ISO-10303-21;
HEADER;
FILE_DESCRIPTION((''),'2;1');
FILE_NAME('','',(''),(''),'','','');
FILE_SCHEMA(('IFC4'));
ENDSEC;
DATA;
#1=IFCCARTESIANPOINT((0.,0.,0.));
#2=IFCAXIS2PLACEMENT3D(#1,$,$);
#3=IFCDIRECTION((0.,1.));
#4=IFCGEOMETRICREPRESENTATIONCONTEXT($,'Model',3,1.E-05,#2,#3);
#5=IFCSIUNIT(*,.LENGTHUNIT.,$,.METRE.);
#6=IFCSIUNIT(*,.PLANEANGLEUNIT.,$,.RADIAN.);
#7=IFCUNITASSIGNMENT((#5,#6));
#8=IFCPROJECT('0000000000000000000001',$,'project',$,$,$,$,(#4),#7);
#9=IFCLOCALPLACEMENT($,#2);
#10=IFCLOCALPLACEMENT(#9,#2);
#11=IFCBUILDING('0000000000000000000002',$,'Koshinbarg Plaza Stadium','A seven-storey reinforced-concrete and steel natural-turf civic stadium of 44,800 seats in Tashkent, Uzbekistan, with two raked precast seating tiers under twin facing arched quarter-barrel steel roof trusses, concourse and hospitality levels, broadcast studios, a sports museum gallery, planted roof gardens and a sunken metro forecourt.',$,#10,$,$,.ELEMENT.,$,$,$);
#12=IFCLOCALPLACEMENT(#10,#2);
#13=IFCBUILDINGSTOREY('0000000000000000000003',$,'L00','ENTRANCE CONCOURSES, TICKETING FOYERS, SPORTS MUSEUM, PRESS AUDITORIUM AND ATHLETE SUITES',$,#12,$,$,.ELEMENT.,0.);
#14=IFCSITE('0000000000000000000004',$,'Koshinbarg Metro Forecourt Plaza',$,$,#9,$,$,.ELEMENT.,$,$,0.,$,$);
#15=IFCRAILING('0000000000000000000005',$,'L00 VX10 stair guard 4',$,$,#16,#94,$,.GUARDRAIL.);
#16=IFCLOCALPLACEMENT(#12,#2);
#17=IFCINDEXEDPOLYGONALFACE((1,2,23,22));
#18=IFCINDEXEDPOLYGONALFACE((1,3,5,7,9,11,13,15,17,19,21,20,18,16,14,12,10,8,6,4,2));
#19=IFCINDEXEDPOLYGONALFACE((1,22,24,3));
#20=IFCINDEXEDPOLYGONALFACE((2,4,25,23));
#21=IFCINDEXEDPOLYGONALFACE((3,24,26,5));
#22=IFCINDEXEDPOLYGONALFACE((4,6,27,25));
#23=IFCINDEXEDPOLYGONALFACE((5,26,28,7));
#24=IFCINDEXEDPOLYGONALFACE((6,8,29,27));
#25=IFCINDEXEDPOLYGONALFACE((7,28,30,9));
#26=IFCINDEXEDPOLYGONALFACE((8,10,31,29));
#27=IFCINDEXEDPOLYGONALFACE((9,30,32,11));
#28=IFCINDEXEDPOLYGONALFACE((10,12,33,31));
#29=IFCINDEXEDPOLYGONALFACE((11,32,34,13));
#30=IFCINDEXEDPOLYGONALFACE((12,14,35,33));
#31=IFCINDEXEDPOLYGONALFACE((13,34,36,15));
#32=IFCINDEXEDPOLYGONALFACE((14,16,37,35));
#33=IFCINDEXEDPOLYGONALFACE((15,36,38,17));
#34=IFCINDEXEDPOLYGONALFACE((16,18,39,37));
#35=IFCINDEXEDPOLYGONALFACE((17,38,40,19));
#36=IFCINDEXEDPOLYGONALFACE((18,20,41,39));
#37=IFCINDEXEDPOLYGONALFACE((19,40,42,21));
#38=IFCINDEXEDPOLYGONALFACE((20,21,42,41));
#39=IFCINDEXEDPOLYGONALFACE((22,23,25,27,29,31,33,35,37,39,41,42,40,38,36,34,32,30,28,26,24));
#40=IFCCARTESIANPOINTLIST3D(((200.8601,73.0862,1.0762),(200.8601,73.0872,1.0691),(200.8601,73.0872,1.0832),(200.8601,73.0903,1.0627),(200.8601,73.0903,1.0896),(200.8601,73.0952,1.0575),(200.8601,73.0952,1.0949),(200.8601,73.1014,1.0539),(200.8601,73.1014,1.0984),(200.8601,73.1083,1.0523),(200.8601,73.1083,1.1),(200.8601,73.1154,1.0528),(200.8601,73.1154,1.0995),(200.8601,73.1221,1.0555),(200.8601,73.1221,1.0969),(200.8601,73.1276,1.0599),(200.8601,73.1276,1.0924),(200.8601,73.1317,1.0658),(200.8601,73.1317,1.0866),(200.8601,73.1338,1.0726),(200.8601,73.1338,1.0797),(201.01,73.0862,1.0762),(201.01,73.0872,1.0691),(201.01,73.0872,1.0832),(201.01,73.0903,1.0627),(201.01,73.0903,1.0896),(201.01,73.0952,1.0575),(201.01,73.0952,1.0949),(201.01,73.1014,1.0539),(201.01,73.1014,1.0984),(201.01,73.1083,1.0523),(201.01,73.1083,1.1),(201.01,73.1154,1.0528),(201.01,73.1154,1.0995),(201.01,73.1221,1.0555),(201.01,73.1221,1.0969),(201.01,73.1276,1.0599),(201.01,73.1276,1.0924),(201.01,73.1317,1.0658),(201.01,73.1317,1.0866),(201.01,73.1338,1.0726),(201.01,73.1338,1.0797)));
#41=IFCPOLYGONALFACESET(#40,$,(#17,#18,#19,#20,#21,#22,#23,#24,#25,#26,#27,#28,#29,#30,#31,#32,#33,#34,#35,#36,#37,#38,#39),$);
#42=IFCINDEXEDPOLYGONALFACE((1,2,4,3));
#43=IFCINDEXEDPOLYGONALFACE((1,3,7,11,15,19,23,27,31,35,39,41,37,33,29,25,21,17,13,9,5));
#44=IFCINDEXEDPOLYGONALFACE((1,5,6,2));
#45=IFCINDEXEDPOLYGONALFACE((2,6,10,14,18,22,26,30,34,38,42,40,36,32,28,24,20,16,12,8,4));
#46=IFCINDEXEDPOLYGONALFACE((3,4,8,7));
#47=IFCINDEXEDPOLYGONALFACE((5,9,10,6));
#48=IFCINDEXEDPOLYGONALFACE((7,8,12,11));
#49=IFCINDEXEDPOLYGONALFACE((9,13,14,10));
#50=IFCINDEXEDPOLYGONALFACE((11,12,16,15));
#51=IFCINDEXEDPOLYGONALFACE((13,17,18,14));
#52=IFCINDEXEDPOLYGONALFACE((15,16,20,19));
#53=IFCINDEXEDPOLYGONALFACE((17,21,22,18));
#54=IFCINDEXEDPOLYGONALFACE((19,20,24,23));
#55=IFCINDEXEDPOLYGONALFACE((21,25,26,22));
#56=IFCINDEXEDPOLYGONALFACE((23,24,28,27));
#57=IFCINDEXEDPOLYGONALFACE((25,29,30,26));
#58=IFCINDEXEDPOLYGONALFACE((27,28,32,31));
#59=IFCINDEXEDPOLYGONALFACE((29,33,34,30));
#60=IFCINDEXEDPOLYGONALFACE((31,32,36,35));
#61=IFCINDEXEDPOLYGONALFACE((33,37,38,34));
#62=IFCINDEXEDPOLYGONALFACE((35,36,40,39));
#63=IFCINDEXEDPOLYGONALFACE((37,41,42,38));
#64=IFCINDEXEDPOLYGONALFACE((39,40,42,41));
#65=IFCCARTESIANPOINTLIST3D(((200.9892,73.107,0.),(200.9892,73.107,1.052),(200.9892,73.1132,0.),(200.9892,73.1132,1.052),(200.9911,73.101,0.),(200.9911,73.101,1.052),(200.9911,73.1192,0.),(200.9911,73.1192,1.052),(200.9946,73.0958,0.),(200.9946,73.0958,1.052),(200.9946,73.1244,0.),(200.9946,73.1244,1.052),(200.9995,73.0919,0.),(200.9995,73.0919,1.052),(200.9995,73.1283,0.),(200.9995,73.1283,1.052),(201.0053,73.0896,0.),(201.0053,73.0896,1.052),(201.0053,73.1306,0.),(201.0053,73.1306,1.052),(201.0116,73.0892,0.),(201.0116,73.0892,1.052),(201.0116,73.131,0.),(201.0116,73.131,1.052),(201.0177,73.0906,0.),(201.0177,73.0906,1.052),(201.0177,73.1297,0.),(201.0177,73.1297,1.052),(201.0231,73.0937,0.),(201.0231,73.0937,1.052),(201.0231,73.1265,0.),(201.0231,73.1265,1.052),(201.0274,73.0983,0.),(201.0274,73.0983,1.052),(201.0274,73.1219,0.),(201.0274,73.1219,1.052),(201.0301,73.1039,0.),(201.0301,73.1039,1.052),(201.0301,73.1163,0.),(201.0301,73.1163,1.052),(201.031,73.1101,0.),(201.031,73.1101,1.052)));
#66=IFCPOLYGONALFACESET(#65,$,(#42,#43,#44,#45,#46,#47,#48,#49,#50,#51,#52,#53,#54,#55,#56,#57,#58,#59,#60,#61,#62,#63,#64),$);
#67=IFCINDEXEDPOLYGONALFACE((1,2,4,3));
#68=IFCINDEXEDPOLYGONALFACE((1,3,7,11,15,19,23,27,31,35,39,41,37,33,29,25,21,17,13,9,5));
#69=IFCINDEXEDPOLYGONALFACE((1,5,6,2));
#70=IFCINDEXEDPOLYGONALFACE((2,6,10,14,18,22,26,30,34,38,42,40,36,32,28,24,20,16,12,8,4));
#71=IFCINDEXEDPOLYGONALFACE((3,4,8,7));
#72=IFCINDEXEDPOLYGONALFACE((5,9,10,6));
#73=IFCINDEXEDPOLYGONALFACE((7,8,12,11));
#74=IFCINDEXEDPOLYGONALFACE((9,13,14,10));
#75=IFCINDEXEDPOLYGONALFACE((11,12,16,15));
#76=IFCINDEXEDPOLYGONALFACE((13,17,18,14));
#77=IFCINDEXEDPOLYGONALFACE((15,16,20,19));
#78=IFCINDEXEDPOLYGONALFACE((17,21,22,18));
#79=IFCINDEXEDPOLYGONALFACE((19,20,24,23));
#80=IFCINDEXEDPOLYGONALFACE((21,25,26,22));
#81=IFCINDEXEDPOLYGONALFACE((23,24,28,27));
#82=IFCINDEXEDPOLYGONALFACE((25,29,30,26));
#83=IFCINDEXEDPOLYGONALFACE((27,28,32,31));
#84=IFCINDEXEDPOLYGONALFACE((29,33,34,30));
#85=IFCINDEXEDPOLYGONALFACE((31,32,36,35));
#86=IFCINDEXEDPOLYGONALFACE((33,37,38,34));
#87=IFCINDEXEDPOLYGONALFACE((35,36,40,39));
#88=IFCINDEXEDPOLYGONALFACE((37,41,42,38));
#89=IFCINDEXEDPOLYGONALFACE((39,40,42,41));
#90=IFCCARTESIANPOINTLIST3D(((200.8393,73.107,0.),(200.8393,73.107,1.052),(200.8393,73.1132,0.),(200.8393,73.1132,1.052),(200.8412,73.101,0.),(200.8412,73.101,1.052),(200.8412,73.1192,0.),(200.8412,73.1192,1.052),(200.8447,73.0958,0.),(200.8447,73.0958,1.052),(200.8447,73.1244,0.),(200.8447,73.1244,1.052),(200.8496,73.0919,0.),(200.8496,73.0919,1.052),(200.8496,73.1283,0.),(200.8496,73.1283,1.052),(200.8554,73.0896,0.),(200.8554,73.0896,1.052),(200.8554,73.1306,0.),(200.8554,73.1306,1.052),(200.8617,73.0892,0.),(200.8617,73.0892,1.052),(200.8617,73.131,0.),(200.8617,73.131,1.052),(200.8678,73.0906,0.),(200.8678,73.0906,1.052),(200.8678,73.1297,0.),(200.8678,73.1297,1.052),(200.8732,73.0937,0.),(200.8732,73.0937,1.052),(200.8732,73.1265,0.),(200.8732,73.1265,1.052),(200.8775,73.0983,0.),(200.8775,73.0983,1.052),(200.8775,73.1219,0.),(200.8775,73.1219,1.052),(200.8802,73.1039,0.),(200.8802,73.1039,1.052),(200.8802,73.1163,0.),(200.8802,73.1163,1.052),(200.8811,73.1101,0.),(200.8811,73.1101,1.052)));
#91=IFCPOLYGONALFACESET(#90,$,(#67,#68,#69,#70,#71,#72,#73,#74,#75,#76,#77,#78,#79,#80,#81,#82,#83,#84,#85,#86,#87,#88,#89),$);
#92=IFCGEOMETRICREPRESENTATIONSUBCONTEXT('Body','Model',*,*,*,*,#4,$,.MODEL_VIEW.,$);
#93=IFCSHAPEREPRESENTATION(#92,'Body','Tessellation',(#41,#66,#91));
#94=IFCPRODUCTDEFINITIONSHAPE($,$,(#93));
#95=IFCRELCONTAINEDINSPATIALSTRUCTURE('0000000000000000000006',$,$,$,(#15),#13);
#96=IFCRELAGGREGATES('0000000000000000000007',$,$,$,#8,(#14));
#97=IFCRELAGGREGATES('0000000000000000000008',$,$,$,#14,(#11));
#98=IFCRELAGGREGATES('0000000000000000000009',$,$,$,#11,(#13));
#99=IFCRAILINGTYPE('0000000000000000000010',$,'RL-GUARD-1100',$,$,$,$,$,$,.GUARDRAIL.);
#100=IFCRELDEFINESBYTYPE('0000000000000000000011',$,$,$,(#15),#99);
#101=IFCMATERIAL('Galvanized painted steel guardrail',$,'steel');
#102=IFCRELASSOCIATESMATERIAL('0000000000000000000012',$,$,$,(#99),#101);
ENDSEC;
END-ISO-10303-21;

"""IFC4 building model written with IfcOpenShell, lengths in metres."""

from ifc_helpers import new_model, si_unit, direction, frame, origin, origin_2d, place, context, subcontext, project, spatial, circle, extrude, material, type_object, element, save


model = new_model("IFC4")

# Units and contexts
model_context = context("Model", 3, precision=1e-05, world=origin(), true_north=direction((0.0, 1.0)))
body_context = subcontext(model_context, "Body", "Model", "MODEL_VIEW")
ifc_project = project(units=[si_unit("LENGTHUNIT", "METRE"), si_unit("PLANEANGLEUNIT", "RADIAN")], contexts=[model_context])

# Site, building, storey
site_placement = place(None, origin())
site = spatial("IfcSite", under=ifc_project, at=site_placement, Name="Koshinbarg Metro Forecourt Plaza", CompositionType="ELEMENT", RefElevation=0.0)
building_placement = place(site_placement, origin())
building = spatial("IfcBuilding", under=site, at=building_placement, Name="Koshinbarg Plaza Stadium", Description="A seven-storey reinforced-concrete and steel natural-turf civic stadium of 44,800 seats in Tashkent, Uzbekistan, with two raked precast seating tiers under twin facing arched quarter-barrel steel roof trusses, concourse and hospitality levels, broadcast studios, a sports museum gallery, planted roof gardens and a sunken metro forecourt.", CompositionType="ELEMENT")
storey_placement = place(building_placement, origin())
storey = spatial("IfcBuildingStorey", under=building, at=storey_placement, Name="L00", Description="ENTRANCE CONCOURSES, TICKETING FOYERS, SPORTS MUSEUM, PRESS AUDITORIUM AND ATHLETE SUITES", CompositionType="ELEMENT", Elevation=0.0)

# Railing
ifc_material_1 = material(Name="Galvanized painted steel guardrail", Category="steel")
railing_type_1 = type_object("IfcRailingType", Name="RL-GUARD-1100", PredefinedType="GUARDRAIL", material=ifc_material_1)
railing_1_placement = place(storey_placement, frame((201.01, 73.1101, 0.0)))
element("IfcRailing", 1, at=railing_1_placement, inside=storey, type_object=railing_type_1, Name="L00 VX10 stair guard 4", PredefinedType="GUARDRAIL", context=body_context, shape_type="SweptSolid", body=[
    extrude(circle(Radius=0.0239, at=origin_2d()), frame((0.0, 0.0, 1.0762), z_axis=(-1.0, 0.0, 0.0), x_axis=(0.0, -1.0, 0.0)), (0.0, 0.0, 1.0), 0.1499),
    extrude(circle(Radius=0.021, at=origin_2d()), origin(), (0.0, 0.0, 1.0), 1.052),
    extrude(circle(Radius=0.021, at=origin_2d()), frame((-0.1499, 0.0, 0.0)), (0.0, 0.0, 1.0), 1.052),
])

save(model, "model.ifc")
